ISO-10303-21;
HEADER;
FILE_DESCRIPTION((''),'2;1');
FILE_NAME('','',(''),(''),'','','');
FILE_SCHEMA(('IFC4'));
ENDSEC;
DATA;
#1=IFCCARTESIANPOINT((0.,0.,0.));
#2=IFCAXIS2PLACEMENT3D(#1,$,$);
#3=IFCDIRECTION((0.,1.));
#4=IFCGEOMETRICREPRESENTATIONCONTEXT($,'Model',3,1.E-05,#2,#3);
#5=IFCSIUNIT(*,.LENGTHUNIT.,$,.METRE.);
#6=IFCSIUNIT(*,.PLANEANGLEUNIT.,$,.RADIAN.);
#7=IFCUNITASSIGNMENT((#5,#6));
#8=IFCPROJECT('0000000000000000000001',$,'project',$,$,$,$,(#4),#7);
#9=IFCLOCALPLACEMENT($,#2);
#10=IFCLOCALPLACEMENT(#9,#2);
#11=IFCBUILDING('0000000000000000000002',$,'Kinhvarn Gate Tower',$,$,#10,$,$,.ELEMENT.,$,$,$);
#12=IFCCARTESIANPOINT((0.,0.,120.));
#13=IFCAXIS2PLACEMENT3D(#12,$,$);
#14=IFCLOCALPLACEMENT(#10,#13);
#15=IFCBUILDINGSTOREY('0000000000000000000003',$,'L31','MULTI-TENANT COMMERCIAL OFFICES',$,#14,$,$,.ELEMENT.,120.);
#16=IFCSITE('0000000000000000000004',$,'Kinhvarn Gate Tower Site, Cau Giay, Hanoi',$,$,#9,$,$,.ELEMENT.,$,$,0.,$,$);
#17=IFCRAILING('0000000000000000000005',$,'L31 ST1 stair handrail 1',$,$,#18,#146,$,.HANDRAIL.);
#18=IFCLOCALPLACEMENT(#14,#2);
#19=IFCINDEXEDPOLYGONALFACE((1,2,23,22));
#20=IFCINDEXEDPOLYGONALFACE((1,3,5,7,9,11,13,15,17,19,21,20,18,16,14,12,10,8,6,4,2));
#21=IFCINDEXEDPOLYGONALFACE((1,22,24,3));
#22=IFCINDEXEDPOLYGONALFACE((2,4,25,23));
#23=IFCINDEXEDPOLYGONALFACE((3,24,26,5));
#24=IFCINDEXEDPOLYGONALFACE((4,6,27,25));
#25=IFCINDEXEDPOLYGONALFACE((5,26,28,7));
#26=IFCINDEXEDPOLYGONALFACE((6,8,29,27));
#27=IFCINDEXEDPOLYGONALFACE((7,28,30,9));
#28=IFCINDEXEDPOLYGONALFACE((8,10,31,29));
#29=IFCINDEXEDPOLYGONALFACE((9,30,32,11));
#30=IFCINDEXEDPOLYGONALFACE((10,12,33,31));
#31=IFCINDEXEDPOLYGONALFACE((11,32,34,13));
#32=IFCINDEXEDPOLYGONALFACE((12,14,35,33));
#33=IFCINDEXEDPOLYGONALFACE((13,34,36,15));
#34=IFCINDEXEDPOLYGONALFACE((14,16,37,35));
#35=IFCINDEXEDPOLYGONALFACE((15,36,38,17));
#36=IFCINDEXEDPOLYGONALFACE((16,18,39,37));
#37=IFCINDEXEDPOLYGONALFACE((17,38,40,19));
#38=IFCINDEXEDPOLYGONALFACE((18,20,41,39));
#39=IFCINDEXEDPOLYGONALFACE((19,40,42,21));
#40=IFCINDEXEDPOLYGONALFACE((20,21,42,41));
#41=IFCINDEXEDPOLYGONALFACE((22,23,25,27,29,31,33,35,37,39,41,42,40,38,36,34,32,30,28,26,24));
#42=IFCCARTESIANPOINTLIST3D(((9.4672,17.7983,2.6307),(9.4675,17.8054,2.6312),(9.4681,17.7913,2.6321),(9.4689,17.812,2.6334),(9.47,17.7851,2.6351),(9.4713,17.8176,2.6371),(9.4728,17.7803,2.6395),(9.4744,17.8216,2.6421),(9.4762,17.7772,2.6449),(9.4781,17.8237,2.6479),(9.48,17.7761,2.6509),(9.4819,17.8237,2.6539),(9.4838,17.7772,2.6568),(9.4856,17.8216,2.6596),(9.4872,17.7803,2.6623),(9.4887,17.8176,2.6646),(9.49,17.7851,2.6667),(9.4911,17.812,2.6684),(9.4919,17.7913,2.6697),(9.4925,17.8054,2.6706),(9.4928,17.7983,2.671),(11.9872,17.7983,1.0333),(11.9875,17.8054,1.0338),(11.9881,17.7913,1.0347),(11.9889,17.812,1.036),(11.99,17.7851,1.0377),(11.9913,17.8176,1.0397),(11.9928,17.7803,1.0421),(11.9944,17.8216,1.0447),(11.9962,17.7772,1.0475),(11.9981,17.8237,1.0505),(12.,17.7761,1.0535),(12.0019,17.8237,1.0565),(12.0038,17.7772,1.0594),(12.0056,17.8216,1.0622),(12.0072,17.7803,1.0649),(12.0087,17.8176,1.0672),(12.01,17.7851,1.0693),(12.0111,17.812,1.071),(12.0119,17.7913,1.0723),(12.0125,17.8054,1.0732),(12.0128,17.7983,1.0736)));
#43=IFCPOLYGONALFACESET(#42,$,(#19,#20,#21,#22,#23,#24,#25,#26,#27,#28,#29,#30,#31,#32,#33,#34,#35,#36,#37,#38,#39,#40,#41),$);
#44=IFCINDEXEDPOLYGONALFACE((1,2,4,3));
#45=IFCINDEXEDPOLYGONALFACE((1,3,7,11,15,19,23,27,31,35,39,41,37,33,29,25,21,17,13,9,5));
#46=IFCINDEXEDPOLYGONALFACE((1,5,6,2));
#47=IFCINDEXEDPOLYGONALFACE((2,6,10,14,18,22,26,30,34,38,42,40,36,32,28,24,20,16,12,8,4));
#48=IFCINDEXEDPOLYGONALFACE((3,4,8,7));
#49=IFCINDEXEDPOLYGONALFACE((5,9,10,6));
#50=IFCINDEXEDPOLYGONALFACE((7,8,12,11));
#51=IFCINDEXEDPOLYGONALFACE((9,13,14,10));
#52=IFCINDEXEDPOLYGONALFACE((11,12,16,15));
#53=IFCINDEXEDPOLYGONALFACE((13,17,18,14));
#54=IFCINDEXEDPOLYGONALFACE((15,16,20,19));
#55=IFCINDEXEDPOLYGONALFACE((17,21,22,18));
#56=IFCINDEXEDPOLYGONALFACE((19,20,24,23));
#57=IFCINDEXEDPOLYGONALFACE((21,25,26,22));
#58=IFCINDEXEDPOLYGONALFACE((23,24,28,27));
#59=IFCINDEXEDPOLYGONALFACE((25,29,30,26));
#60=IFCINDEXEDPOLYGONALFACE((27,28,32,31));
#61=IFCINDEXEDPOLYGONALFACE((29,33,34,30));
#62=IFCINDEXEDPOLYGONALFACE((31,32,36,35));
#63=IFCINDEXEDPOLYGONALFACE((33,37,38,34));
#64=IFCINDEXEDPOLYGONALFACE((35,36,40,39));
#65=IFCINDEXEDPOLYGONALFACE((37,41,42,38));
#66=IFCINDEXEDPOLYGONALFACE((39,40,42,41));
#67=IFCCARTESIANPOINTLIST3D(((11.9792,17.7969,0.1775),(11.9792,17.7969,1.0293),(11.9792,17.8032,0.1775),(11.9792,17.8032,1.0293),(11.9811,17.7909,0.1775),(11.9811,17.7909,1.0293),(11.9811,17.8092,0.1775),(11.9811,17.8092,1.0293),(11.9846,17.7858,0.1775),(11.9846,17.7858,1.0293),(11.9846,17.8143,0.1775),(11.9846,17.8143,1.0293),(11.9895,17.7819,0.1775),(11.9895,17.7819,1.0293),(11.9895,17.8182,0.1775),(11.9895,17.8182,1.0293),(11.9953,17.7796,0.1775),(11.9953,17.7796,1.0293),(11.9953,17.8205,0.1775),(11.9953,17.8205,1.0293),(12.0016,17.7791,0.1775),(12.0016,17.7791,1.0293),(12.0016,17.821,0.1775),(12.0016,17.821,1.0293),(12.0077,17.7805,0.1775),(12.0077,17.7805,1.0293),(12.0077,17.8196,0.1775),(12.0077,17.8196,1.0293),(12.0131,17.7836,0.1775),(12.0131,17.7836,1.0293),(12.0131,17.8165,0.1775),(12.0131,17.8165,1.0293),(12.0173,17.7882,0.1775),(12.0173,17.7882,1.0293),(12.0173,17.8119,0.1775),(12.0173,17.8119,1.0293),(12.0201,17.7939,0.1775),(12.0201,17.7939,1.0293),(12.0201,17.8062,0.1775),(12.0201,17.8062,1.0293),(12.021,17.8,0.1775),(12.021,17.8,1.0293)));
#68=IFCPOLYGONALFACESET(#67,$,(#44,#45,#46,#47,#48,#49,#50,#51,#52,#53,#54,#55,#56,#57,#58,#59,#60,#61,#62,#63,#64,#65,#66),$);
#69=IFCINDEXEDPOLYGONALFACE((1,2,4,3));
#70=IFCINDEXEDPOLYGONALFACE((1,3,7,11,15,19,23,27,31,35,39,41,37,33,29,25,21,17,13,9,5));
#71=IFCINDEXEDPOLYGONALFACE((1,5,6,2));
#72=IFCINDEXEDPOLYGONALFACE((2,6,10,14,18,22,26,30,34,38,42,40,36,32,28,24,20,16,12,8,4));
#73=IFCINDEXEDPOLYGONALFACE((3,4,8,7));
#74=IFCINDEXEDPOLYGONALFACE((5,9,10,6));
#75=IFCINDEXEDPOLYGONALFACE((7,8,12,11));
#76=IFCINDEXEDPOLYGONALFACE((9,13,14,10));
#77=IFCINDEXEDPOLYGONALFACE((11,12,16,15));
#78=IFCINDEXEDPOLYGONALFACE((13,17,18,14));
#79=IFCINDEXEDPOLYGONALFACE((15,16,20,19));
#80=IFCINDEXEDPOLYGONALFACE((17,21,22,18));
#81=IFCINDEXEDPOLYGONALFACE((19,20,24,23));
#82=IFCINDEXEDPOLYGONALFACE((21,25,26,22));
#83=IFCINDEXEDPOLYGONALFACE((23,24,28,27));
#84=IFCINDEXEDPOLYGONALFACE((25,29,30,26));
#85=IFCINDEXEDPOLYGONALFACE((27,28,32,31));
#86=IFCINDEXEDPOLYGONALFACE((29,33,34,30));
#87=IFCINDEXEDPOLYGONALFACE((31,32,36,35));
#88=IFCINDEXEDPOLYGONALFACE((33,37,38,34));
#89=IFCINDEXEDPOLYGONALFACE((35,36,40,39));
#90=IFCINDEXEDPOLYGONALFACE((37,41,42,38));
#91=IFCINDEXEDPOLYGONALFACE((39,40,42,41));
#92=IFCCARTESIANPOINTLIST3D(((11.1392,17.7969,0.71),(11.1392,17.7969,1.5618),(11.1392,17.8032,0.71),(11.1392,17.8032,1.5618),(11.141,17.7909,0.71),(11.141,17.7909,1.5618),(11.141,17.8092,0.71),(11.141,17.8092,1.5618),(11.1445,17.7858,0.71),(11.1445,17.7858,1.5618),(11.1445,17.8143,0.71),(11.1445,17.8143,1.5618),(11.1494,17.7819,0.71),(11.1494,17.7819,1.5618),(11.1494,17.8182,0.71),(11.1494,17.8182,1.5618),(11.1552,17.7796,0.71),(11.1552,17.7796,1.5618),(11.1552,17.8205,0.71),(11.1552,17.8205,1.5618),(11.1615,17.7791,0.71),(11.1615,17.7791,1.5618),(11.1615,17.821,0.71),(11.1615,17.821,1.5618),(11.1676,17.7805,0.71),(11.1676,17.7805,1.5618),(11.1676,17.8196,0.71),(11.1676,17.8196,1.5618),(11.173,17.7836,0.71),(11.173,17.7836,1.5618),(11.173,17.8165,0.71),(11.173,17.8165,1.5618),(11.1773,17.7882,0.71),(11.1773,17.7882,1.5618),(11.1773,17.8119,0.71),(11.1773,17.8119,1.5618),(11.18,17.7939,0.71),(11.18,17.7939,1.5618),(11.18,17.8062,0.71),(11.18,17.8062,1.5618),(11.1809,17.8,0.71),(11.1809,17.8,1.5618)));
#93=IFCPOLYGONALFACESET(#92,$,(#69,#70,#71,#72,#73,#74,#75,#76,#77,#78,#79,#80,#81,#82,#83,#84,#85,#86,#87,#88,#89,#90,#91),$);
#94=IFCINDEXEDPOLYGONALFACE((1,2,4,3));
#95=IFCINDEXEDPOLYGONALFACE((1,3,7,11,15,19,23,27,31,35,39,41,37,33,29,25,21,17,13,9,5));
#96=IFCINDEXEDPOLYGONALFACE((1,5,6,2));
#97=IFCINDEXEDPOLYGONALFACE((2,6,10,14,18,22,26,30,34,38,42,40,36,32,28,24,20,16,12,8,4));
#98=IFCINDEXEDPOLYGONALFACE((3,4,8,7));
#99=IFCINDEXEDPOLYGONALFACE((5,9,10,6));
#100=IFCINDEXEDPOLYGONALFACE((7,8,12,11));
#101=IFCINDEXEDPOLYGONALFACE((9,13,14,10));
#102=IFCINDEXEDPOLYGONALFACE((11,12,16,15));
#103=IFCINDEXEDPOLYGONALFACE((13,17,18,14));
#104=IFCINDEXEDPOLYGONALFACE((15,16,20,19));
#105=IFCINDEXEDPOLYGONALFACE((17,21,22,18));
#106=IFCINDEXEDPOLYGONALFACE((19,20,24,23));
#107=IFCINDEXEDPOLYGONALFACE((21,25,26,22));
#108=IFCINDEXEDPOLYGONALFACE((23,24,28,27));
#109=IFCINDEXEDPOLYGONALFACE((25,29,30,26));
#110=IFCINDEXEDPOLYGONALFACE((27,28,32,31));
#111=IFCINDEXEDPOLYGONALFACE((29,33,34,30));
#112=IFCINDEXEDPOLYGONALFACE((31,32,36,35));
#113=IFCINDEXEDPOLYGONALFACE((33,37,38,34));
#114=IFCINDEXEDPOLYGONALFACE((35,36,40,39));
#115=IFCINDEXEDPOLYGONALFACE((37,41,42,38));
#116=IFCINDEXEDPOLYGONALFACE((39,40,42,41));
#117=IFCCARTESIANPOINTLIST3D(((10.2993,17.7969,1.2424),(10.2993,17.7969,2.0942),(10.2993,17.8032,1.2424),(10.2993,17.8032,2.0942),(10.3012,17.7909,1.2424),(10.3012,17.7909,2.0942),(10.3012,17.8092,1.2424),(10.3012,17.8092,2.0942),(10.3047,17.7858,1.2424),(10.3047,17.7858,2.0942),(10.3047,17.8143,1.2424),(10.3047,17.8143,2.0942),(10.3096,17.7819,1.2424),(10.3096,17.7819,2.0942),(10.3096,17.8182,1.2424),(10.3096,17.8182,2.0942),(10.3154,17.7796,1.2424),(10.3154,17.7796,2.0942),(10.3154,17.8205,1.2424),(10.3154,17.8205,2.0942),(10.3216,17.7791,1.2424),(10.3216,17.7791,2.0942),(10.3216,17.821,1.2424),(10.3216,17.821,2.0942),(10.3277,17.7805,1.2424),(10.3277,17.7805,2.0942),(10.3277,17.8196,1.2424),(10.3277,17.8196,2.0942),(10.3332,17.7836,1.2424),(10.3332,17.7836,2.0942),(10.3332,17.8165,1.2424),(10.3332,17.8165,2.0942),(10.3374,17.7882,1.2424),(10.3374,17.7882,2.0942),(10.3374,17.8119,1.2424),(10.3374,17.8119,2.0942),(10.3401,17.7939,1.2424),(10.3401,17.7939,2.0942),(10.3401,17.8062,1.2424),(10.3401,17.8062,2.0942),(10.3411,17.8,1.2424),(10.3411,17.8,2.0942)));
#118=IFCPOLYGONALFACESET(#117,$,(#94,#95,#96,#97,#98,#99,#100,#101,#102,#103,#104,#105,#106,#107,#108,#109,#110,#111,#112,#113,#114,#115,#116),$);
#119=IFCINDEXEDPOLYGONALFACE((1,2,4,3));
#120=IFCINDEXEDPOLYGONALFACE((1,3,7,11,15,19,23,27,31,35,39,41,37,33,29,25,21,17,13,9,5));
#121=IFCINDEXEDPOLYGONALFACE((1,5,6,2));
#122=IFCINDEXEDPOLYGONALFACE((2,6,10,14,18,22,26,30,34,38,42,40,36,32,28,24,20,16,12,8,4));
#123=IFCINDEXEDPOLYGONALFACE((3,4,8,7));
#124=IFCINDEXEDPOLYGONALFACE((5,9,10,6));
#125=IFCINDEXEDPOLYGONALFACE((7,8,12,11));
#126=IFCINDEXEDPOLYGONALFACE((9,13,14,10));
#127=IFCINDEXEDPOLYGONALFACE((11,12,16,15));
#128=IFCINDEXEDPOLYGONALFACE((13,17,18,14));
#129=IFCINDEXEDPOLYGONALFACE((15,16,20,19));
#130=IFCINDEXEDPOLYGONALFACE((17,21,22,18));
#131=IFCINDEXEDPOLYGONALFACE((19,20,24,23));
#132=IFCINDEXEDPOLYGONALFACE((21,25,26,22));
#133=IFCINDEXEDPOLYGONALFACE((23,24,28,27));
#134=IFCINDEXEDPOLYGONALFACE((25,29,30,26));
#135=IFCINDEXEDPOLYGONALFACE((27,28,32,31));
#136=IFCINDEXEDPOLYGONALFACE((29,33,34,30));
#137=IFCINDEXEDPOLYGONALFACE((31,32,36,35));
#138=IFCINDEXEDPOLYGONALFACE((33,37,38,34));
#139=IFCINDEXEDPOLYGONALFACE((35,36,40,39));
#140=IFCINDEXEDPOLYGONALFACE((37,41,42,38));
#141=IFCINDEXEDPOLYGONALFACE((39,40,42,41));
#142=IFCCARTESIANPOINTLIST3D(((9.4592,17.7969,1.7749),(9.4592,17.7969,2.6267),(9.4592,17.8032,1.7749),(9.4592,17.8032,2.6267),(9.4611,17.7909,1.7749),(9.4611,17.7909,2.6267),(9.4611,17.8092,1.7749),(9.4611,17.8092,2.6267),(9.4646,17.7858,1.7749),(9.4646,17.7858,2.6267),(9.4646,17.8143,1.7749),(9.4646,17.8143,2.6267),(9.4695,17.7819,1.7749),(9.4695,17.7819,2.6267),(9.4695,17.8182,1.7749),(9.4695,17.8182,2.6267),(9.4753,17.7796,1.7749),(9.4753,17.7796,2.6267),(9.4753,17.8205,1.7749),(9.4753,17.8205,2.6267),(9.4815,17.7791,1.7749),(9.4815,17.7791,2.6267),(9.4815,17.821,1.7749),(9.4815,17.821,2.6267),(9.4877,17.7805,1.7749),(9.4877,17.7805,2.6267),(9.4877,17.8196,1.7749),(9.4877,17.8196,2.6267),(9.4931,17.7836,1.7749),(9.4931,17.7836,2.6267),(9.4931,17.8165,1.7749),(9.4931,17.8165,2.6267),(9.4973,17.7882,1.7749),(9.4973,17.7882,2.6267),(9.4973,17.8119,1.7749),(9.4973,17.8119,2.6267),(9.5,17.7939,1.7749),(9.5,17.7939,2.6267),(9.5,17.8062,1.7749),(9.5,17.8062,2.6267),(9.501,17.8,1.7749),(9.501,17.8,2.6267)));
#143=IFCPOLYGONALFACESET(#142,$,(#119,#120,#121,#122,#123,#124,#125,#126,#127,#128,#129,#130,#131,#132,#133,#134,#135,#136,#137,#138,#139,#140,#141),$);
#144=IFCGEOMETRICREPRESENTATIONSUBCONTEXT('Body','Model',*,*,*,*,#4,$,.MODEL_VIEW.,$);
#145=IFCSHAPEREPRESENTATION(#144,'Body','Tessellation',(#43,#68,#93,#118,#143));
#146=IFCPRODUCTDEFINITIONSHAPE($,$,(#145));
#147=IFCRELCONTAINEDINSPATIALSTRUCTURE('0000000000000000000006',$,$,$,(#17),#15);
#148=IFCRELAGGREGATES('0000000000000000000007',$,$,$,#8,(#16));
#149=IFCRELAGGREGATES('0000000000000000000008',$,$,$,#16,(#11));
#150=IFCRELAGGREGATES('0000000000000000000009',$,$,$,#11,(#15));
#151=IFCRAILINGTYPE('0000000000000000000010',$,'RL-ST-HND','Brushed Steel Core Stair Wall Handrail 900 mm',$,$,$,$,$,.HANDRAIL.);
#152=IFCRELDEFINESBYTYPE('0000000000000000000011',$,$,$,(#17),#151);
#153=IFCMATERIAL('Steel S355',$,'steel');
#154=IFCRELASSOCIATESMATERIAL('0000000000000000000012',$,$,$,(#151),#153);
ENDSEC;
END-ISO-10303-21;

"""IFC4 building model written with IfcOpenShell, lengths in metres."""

from ifc_helpers import new_model, si_unit, direction, frame, origin, origin_2d, place, context, subcontext, project, spatial, circle, extrude, material, type_object, element, save


model = new_model("IFC4")

# Units and contexts
model_context = context("Model", 3, precision=1e-05, world=origin(), true_north=direction((0.0, 1.0)))
body_context = subcontext(model_context, "Body", "Model", "MODEL_VIEW")
ifc_project = project(units=[si_unit("LENGTHUNIT", "METRE"), si_unit("PLANEANGLEUNIT", "RADIAN")], contexts=[model_context])

# Site, building, storey
site_placement = place(None, origin())
site = spatial("IfcSite", under=ifc_project, at=site_placement, Name="Kinhvarn Gate Tower Site, Cau Giay, Hanoi", CompositionType="ELEMENT", RefElevation=0.0)
building_placement = place(site_placement, origin())
building = spatial("IfcBuilding", under=site, at=building_placement, Name="Kinhvarn Gate Tower", CompositionType="ELEMENT")
storey_placement = place(building_placement, frame((0.0, 0.0, 120.0)))
storey = spatial("IfcBuildingStorey", under=building, at=storey_placement, Name="L31", Description="MULTI-TENANT COMMERCIAL OFFICES", CompositionType="ELEMENT", Elevation=120.0)

# Shared definitions
ifc_material_1 = material(Name="Steel S355", Category="steel")

# Railing
railing_type_1 = type_object("IfcRailingType", Name="RL-ST-HND", Description="Brushed Steel Core Stair Wall Handrail 900 mm", PredefinedType="HANDRAIL", material=ifc_material_1)
railing_1_placement = place(storey_placement, frame((12.0, 17.8, 0.1775)))
element("IfcRailing", 1, at=railing_1_placement, inside=storey, type_object=railing_type_1, Name="L31 ST1 stair handrail 1", PredefinedType="HANDRAIL", context=body_context, shape_type="SweptSolid", body=[
    extrude(circle(Radius=0.0239, at=origin_2d()), frame((0.0, 0.0, 0.876), z_axis=(-0.844607, 0.0, 0.535387), x_axis=(0.0, -1.0, 0.0)), (0.0, 0.0, 1.0), 2.9836),
    extrude(circle(Radius=0.021, at=origin_2d()), origin(), (0.0, 0.0, 1.0), 0.8518),
    extrude(circle(Radius=0.021, at=origin_2d()), frame((-0.8401, 0.0, 0.5325)), (0.0, 0.0, 1.0), 0.8518),
    extrude(circle(Radius=0.021, at=origin_2d()), frame((-1.6799, 0.0, 1.0649)), (0.0, 0.0, 1.0), 0.8518),
    extrude(circle(Radius=0.021, at=origin_2d()), frame((-2.52, 0.0, 1.5974)), (0.0, 0.0, 1.0), 0.8518),
])

save(model, "model.ifc")
